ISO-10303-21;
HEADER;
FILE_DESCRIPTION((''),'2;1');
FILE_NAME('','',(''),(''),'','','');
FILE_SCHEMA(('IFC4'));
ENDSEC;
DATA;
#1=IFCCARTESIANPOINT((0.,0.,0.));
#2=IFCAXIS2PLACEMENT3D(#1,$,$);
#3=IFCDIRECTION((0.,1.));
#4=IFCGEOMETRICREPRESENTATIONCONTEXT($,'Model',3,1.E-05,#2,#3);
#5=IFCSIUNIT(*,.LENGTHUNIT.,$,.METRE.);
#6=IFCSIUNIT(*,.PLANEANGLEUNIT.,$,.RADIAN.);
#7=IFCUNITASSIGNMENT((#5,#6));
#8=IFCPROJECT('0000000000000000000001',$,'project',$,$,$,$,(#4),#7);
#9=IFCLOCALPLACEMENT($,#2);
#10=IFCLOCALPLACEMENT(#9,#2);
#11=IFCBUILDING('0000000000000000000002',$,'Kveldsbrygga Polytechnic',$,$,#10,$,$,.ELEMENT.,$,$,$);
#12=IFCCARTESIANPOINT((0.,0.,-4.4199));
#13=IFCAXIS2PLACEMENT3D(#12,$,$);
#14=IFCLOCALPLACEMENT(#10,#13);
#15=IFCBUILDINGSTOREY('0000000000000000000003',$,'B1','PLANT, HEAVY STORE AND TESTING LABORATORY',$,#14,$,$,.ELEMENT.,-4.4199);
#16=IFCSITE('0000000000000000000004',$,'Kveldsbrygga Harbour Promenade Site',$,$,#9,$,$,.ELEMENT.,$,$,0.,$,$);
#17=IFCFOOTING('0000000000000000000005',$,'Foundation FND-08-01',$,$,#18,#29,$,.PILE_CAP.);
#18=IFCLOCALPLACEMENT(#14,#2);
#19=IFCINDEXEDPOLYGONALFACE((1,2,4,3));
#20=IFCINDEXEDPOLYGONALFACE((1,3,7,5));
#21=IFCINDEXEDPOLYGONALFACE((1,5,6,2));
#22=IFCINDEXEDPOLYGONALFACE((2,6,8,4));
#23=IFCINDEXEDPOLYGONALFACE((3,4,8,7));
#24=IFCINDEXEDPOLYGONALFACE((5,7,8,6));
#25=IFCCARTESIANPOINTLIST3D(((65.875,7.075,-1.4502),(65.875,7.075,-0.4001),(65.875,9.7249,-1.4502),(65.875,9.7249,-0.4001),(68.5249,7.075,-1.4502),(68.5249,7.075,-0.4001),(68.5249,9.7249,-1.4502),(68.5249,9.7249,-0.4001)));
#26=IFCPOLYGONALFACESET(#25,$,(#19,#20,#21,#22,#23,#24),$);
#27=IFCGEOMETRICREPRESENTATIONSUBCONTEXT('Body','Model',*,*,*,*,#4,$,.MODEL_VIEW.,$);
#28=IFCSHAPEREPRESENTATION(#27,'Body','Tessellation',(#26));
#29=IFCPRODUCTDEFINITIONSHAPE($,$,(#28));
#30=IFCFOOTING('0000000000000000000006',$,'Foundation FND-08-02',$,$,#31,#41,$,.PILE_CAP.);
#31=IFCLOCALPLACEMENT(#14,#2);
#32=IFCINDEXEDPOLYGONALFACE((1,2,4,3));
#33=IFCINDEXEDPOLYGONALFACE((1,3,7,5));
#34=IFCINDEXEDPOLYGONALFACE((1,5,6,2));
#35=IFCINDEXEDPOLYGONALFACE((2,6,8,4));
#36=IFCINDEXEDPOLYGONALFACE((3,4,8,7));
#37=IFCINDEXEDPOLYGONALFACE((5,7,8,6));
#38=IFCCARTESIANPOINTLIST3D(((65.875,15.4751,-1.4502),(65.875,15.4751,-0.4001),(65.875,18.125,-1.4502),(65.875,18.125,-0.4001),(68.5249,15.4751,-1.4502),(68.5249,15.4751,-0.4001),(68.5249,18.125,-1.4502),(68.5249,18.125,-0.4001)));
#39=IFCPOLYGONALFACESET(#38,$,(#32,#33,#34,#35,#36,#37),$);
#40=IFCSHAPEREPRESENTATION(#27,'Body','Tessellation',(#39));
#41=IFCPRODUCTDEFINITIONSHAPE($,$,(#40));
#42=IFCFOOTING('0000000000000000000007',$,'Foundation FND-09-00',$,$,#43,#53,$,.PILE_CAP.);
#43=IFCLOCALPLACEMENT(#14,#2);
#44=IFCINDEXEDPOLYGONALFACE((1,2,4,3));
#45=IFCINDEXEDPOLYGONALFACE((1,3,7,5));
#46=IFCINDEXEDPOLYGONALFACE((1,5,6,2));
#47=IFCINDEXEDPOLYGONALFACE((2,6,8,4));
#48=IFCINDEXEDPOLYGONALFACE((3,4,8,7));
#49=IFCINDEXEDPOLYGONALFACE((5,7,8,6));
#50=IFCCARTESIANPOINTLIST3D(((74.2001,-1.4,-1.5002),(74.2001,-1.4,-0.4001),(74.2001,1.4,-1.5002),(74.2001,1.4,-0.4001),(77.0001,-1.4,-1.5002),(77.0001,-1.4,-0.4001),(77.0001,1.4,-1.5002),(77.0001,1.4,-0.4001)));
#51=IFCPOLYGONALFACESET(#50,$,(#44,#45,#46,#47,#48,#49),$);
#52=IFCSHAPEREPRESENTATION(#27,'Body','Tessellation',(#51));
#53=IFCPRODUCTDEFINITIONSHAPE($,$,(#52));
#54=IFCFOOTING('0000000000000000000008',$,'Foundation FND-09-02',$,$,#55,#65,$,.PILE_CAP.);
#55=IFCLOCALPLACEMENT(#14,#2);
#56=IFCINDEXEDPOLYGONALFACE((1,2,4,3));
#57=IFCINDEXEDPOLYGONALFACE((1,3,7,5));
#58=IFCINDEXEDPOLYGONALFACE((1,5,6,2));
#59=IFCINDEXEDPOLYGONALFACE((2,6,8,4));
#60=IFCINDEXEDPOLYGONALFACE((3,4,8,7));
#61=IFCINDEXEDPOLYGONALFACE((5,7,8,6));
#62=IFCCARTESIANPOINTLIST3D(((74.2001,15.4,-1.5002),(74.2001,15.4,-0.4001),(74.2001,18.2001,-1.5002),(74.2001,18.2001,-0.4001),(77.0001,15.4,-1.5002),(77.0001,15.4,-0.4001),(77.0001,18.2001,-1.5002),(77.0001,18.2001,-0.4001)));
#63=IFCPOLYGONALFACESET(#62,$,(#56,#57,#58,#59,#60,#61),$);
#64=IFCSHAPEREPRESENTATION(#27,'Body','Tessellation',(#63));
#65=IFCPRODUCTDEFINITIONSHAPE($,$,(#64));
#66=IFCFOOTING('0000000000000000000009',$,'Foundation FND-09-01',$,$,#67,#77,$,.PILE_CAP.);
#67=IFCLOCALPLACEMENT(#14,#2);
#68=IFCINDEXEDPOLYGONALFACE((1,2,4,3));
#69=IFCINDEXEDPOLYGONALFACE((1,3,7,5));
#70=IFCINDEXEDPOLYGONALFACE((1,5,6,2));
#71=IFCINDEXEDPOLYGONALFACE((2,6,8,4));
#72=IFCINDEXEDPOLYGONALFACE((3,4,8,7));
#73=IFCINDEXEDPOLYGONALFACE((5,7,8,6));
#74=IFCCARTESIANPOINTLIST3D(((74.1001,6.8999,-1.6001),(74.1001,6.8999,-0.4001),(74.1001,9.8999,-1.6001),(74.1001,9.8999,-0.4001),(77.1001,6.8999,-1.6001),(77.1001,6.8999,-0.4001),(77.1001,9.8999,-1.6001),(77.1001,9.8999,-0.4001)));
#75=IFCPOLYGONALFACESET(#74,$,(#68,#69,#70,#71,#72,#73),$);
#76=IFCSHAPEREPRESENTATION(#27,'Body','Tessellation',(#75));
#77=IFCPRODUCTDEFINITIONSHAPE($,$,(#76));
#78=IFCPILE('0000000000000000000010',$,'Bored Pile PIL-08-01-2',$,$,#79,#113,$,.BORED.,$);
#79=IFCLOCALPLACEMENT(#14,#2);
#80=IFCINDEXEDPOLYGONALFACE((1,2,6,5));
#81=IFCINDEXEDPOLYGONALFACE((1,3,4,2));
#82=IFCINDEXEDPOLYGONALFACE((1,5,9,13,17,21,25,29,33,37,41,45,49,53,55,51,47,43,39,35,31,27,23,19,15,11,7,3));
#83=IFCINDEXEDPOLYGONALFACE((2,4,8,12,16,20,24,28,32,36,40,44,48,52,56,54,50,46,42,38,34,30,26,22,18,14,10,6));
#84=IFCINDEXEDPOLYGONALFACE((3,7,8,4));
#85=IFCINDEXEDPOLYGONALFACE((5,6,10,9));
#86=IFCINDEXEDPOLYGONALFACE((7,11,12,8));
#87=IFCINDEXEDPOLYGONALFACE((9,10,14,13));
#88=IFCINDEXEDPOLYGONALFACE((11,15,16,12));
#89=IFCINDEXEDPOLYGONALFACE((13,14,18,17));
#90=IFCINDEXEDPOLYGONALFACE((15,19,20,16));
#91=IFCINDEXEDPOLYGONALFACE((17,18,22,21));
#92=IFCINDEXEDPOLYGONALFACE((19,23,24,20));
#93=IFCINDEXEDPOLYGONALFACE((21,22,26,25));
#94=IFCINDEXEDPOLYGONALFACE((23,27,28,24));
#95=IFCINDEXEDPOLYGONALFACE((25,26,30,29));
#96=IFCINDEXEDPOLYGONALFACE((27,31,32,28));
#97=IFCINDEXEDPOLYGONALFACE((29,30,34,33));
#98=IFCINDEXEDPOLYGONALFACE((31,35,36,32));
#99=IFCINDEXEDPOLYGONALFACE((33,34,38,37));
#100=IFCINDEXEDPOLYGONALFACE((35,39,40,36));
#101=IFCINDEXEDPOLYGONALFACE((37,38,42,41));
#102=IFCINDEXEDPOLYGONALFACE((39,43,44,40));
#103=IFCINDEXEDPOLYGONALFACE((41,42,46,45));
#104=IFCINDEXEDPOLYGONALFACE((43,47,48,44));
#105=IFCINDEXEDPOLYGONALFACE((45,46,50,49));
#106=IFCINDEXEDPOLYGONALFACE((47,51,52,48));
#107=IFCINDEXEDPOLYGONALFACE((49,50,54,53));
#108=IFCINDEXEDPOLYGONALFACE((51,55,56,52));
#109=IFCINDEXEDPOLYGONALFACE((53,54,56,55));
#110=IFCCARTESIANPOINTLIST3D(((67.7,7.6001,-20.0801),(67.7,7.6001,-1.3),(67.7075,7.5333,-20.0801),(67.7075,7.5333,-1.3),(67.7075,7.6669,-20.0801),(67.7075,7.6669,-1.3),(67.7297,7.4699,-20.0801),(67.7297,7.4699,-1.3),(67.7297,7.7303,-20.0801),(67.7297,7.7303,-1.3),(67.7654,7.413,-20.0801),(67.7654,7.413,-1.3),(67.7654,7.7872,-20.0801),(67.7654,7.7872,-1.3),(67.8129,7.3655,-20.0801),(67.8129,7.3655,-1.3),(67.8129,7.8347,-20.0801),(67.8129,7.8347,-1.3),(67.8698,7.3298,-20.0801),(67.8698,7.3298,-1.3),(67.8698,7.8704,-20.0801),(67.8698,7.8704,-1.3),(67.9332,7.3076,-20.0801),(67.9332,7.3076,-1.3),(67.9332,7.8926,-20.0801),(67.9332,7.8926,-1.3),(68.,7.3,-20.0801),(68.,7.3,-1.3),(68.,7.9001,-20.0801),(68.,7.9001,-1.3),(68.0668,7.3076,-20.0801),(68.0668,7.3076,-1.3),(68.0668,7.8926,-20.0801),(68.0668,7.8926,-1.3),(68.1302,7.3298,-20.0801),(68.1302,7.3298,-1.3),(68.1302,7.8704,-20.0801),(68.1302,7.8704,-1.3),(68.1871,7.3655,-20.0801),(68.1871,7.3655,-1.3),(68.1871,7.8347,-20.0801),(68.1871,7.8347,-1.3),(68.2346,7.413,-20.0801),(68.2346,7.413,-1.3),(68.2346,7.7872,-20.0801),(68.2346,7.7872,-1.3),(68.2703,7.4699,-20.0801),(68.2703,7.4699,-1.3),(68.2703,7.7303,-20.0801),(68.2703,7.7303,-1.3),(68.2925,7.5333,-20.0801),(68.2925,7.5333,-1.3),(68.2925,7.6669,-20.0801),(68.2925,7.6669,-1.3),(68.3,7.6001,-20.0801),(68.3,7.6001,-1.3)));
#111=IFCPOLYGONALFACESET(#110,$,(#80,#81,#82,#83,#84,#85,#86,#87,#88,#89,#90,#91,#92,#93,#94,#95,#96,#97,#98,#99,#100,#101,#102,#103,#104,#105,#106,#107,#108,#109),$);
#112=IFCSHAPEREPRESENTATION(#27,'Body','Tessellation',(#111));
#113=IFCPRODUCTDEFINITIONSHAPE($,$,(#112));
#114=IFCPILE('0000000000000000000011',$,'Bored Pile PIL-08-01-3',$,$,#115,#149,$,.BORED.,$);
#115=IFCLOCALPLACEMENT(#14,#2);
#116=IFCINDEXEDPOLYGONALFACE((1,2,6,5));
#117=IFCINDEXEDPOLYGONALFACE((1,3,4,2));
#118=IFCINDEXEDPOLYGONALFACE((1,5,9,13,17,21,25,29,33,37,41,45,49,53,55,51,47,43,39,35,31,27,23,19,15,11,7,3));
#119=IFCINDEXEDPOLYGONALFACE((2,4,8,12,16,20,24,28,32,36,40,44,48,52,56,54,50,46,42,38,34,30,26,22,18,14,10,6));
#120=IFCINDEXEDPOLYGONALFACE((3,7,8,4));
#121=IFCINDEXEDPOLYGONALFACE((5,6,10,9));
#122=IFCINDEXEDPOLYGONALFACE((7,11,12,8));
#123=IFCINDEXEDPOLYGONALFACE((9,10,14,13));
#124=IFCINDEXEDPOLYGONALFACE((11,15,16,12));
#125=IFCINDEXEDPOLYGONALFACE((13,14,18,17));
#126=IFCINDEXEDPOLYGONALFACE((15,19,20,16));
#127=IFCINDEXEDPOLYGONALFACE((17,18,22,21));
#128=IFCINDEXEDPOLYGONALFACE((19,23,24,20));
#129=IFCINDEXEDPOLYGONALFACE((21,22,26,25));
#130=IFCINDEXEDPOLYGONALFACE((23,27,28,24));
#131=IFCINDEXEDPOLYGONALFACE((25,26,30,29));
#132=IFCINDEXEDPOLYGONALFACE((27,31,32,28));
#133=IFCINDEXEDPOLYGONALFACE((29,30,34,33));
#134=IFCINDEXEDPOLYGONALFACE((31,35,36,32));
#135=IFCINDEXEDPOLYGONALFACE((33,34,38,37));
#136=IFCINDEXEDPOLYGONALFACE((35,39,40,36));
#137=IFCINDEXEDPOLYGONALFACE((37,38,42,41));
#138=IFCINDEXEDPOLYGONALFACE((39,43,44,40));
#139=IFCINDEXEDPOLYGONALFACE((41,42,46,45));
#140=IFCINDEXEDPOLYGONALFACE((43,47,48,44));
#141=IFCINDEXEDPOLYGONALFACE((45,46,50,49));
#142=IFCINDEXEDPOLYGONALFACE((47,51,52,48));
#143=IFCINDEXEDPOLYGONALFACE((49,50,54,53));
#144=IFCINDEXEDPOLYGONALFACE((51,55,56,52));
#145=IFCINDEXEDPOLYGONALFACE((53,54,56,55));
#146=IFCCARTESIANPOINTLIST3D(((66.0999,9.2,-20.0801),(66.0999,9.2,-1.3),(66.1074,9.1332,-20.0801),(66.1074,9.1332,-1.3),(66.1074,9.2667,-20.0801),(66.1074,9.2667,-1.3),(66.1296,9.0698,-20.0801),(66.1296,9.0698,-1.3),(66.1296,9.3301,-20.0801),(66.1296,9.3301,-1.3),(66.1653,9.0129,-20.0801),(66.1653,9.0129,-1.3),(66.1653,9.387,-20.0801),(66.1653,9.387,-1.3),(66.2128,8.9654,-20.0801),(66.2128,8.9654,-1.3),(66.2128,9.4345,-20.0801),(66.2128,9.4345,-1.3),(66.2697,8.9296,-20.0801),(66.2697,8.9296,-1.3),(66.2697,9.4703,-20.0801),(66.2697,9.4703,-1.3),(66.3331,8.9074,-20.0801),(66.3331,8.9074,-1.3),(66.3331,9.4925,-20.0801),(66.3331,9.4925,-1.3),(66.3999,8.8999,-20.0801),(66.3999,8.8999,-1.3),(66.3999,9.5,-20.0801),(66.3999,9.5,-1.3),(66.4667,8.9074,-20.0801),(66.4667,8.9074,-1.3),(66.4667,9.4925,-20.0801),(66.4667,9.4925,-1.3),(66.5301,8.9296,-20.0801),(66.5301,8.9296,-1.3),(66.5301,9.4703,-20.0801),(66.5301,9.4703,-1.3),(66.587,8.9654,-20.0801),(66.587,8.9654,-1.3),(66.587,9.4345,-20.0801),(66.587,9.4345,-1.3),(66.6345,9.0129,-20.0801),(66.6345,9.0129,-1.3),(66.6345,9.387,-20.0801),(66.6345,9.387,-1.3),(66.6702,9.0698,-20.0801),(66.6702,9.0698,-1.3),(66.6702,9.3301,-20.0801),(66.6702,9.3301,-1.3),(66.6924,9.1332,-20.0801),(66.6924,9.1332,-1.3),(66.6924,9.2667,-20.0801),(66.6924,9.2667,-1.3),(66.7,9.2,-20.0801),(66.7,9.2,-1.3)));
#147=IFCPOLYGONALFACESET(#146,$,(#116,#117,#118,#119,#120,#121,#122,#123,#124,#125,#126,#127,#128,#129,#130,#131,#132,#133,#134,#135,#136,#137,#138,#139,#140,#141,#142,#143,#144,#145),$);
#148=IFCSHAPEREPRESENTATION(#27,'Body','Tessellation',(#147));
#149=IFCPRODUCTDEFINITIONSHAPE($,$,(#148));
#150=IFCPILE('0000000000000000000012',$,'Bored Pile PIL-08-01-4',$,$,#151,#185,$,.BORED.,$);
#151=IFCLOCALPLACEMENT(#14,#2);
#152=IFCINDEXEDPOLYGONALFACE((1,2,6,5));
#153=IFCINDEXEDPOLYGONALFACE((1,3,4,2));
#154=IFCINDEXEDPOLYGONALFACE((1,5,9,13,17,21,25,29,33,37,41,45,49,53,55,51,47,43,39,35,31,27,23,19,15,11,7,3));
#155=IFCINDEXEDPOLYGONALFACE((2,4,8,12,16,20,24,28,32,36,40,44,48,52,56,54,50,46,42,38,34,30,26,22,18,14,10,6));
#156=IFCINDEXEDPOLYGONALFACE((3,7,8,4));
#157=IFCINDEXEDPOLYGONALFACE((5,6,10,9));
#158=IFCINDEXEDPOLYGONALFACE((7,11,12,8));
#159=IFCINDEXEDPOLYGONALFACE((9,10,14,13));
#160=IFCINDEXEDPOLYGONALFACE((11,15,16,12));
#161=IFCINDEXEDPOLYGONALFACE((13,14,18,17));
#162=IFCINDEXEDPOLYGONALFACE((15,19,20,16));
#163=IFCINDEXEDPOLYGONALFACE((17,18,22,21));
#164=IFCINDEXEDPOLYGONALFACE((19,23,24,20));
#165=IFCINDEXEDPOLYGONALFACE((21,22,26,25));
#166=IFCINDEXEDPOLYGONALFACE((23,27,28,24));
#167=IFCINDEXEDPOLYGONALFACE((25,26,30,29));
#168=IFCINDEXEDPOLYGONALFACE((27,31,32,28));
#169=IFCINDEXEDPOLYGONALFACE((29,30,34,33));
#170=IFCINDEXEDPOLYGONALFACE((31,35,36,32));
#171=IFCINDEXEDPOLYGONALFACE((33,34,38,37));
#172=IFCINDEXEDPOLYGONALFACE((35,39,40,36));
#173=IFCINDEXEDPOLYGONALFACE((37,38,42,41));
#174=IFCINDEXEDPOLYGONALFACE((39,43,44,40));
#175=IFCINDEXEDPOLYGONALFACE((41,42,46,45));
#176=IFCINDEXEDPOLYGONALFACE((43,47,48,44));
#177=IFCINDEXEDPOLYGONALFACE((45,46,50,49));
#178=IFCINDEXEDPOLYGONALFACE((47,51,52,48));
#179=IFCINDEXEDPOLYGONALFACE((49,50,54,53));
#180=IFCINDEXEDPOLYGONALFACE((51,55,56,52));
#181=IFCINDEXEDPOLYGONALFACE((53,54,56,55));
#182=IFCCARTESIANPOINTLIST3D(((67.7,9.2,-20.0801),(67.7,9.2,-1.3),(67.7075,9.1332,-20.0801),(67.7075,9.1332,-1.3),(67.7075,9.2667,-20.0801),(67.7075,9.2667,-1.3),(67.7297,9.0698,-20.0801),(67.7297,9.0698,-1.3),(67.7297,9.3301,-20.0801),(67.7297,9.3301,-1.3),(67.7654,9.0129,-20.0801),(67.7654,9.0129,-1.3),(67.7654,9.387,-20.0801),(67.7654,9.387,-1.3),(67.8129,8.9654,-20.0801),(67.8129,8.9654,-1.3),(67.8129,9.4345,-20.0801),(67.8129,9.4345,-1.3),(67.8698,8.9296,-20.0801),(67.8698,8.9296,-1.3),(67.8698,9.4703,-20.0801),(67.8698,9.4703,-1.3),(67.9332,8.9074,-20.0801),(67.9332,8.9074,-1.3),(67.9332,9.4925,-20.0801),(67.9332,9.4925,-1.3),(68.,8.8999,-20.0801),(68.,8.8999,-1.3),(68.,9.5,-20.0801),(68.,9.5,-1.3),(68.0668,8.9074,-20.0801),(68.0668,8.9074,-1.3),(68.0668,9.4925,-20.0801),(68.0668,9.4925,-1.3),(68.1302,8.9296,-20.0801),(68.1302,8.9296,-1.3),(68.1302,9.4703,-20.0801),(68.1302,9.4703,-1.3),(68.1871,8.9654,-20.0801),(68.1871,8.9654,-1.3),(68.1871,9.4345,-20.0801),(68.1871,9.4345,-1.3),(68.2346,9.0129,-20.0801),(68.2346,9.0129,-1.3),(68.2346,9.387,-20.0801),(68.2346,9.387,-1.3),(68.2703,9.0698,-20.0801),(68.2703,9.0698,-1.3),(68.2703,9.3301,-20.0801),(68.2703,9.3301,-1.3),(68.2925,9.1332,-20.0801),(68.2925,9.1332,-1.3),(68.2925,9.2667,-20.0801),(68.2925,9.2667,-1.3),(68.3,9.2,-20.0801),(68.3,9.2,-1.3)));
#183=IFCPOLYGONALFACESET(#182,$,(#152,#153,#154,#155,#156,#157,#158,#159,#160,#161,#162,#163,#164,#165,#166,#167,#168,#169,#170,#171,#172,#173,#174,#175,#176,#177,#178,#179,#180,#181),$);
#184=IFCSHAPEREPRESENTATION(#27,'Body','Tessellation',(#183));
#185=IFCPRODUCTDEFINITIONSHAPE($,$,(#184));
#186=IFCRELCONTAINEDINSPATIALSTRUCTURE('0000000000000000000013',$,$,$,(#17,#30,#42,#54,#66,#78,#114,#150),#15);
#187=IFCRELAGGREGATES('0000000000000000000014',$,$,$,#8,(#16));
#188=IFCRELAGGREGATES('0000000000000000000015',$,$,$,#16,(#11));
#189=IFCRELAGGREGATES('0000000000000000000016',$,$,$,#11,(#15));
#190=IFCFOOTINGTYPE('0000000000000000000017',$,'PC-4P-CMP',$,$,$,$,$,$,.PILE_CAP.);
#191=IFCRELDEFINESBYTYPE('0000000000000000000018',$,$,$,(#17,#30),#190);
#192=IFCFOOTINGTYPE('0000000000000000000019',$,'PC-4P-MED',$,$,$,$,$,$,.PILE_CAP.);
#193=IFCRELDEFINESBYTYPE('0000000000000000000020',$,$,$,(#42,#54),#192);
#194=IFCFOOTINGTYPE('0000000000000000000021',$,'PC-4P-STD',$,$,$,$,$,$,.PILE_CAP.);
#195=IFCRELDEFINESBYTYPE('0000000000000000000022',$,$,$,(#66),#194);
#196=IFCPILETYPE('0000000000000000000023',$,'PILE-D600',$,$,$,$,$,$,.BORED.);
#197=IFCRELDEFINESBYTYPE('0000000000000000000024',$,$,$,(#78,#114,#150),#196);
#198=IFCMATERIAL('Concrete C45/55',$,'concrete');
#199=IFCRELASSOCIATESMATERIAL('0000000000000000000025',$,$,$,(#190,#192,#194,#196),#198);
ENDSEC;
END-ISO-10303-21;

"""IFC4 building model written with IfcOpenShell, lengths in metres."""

from ifc_helpers import new_model, si_unit, direction, frame, origin, origin_2d, place, context, subcontext, project, spatial, rectangle, circle, extrude, material, material_profile, profile_set, type_object, element, save


model = new_model("IFC4")

# Units and contexts
model_context = context("Model", 3, precision=1e-05, world=origin(), true_north=direction((0.0, 1.0)))
body_context = subcontext(model_context, "Body", "Model", "MODEL_VIEW")
ifc_project = project(units=[si_unit("LENGTHUNIT", "METRE"), si_unit("PLANEANGLEUNIT", "RADIAN")], contexts=[model_context])

# Site, building, storey
site_placement = place(None, origin())
site = spatial("IfcSite", under=ifc_project, at=site_placement, Name="Kveldsbrygga Harbour Promenade Site", CompositionType="ELEMENT", RefElevation=0.0)
building_placement = place(site_placement, origin())
building = spatial("IfcBuilding", under=site, at=building_placement, Name="Kveldsbrygga Polytechnic", CompositionType="ELEMENT")
storey_placement = place(building_placement, frame((0.0, 0.0, -4.4199)))
storey = spatial("IfcBuildingStorey", under=building, at=storey_placement, Name="B1", Description="PLANT, HEAVY STORE AND TESTING LABORATORY", CompositionType="ELEMENT", Elevation=-4.4199)

# Footings
ifc_material_1 = material(Name="Concrete C45/55", Category="concrete")
footing_type_1 = type_object("IfcFootingType", Name="PC-4P-CMP", PredefinedType="PILE_CAP", material=ifc_material_1)
for number, where, z_axis, x_axis, name in (
    (1, (67.2, 8.3999, -1.4502), (0.0, 0.0, 1.0), (1.0, 0.0, 0.0), "Foundation FND-08-01"),
    (2, (67.2, 16.8, -1.4502), (0.0, 0.0, 1.0), (1.0, 0.0, 0.0), "Foundation FND-08-02"),
):
    element("IfcFooting", number, at=place(storey_placement, frame(where, z_axis=z_axis, x_axis=x_axis)), inside=storey, type_object=footing_type_1, Name=name, PredefinedType="PILE_CAP", context=body_context, shape_type="SweptSolid", body=[
        extrude(rectangle(XDim=2.6499, YDim=2.6499, at=origin_2d()), origin(), (0.0, 0.0, 1.0), 1.05),
    ])
footing_type_2 = type_object("IfcFootingType", Name="PC-4P-MED", PredefinedType="PILE_CAP", material=ifc_material_1)
for number, where, z_axis, x_axis, name in (
    (3, (75.6001, 0.0, -1.5002), (0.0, 0.0, 1.0), (1.0, 0.0, 0.0), "Foundation FND-09-00"),
    (4, (75.6001, 16.8, -1.5002), (0.0, 0.0, 1.0), (1.0, 0.0, 0.0), "Foundation FND-09-02"),
):
    element("IfcFooting", number, at=place(storey_placement, frame(where, z_axis=z_axis, x_axis=x_axis)), inside=storey, type_object=footing_type_2, Name=name, PredefinedType="PILE_CAP", context=body_context, shape_type="SweptSolid", body=[
        extrude(rectangle(XDim=2.8, YDim=2.8, at=origin_2d()), origin(), (0.0, 0.0, 1.0), 1.1001),
    ])
footing_type_3 = type_object("IfcFootingType", Name="PC-4P-STD", PredefinedType="PILE_CAP", material=ifc_material_1)
footing_placement = place(storey_placement, frame((75.6001, 8.3999, -1.6001), z_axis=(0.0, 0.0, 1.0), x_axis=(1.0, 0.0, 0.0)))
element("IfcFooting", 5, at=footing_placement, inside=storey, type_object=footing_type_3, Name="Foundation FND-09-01", PredefinedType="PILE_CAP", context=body_context, shape_type="SweptSolid", body=[
    extrude(rectangle(XDim=3.0, YDim=3.0, at=origin_2d()), origin(), (0.0, 0.0, 1.0), 1.2),
])

# Piles
ifc_material_profile_1 = material_profile(ifc_material_1, circle(Radius=0.3, at=origin_2d()), Name="PILE D600")
ifc_profile_set_1 = profile_set([ifc_material_profile_1], Name="Concrete C45/55")
pile_type_1 = type_object("IfcPileType", Name="PILE-D600", PredefinedType="BORED", material=ifc_profile_set_1)
for number, where, z_axis, x_axis, name in (
    (6, (68.0, 7.6001, -1.3), (0.0, 0.0, -1.0), (1.0, 0.0, 0.0), "Bored Pile PIL-08-01-2"),
    (7, (66.3999, 9.2, -1.3), (0.0, 0.0, -1.0), (1.0, 0.0, 0.0), "Bored Pile PIL-08-01-3"),
    (8, (68.0, 9.2, -1.3), (0.0, 0.0, -1.0), (1.0, 0.0, 0.0), "Bored Pile PIL-08-01-4"),
):
    element("IfcPile", number, at=place(storey_placement, frame(where, z_axis=z_axis, x_axis=x_axis)), inside=storey, type_object=pile_type_1, Name=name, PredefinedType="BORED", context=body_context, shape_type="SweptSolid", body=[
        extrude(circle(Radius=0.3, at=origin_2d()), origin(), (0.0, 0.0, 1.0), 18.78),
    ])

save(model, "model.ifc")
